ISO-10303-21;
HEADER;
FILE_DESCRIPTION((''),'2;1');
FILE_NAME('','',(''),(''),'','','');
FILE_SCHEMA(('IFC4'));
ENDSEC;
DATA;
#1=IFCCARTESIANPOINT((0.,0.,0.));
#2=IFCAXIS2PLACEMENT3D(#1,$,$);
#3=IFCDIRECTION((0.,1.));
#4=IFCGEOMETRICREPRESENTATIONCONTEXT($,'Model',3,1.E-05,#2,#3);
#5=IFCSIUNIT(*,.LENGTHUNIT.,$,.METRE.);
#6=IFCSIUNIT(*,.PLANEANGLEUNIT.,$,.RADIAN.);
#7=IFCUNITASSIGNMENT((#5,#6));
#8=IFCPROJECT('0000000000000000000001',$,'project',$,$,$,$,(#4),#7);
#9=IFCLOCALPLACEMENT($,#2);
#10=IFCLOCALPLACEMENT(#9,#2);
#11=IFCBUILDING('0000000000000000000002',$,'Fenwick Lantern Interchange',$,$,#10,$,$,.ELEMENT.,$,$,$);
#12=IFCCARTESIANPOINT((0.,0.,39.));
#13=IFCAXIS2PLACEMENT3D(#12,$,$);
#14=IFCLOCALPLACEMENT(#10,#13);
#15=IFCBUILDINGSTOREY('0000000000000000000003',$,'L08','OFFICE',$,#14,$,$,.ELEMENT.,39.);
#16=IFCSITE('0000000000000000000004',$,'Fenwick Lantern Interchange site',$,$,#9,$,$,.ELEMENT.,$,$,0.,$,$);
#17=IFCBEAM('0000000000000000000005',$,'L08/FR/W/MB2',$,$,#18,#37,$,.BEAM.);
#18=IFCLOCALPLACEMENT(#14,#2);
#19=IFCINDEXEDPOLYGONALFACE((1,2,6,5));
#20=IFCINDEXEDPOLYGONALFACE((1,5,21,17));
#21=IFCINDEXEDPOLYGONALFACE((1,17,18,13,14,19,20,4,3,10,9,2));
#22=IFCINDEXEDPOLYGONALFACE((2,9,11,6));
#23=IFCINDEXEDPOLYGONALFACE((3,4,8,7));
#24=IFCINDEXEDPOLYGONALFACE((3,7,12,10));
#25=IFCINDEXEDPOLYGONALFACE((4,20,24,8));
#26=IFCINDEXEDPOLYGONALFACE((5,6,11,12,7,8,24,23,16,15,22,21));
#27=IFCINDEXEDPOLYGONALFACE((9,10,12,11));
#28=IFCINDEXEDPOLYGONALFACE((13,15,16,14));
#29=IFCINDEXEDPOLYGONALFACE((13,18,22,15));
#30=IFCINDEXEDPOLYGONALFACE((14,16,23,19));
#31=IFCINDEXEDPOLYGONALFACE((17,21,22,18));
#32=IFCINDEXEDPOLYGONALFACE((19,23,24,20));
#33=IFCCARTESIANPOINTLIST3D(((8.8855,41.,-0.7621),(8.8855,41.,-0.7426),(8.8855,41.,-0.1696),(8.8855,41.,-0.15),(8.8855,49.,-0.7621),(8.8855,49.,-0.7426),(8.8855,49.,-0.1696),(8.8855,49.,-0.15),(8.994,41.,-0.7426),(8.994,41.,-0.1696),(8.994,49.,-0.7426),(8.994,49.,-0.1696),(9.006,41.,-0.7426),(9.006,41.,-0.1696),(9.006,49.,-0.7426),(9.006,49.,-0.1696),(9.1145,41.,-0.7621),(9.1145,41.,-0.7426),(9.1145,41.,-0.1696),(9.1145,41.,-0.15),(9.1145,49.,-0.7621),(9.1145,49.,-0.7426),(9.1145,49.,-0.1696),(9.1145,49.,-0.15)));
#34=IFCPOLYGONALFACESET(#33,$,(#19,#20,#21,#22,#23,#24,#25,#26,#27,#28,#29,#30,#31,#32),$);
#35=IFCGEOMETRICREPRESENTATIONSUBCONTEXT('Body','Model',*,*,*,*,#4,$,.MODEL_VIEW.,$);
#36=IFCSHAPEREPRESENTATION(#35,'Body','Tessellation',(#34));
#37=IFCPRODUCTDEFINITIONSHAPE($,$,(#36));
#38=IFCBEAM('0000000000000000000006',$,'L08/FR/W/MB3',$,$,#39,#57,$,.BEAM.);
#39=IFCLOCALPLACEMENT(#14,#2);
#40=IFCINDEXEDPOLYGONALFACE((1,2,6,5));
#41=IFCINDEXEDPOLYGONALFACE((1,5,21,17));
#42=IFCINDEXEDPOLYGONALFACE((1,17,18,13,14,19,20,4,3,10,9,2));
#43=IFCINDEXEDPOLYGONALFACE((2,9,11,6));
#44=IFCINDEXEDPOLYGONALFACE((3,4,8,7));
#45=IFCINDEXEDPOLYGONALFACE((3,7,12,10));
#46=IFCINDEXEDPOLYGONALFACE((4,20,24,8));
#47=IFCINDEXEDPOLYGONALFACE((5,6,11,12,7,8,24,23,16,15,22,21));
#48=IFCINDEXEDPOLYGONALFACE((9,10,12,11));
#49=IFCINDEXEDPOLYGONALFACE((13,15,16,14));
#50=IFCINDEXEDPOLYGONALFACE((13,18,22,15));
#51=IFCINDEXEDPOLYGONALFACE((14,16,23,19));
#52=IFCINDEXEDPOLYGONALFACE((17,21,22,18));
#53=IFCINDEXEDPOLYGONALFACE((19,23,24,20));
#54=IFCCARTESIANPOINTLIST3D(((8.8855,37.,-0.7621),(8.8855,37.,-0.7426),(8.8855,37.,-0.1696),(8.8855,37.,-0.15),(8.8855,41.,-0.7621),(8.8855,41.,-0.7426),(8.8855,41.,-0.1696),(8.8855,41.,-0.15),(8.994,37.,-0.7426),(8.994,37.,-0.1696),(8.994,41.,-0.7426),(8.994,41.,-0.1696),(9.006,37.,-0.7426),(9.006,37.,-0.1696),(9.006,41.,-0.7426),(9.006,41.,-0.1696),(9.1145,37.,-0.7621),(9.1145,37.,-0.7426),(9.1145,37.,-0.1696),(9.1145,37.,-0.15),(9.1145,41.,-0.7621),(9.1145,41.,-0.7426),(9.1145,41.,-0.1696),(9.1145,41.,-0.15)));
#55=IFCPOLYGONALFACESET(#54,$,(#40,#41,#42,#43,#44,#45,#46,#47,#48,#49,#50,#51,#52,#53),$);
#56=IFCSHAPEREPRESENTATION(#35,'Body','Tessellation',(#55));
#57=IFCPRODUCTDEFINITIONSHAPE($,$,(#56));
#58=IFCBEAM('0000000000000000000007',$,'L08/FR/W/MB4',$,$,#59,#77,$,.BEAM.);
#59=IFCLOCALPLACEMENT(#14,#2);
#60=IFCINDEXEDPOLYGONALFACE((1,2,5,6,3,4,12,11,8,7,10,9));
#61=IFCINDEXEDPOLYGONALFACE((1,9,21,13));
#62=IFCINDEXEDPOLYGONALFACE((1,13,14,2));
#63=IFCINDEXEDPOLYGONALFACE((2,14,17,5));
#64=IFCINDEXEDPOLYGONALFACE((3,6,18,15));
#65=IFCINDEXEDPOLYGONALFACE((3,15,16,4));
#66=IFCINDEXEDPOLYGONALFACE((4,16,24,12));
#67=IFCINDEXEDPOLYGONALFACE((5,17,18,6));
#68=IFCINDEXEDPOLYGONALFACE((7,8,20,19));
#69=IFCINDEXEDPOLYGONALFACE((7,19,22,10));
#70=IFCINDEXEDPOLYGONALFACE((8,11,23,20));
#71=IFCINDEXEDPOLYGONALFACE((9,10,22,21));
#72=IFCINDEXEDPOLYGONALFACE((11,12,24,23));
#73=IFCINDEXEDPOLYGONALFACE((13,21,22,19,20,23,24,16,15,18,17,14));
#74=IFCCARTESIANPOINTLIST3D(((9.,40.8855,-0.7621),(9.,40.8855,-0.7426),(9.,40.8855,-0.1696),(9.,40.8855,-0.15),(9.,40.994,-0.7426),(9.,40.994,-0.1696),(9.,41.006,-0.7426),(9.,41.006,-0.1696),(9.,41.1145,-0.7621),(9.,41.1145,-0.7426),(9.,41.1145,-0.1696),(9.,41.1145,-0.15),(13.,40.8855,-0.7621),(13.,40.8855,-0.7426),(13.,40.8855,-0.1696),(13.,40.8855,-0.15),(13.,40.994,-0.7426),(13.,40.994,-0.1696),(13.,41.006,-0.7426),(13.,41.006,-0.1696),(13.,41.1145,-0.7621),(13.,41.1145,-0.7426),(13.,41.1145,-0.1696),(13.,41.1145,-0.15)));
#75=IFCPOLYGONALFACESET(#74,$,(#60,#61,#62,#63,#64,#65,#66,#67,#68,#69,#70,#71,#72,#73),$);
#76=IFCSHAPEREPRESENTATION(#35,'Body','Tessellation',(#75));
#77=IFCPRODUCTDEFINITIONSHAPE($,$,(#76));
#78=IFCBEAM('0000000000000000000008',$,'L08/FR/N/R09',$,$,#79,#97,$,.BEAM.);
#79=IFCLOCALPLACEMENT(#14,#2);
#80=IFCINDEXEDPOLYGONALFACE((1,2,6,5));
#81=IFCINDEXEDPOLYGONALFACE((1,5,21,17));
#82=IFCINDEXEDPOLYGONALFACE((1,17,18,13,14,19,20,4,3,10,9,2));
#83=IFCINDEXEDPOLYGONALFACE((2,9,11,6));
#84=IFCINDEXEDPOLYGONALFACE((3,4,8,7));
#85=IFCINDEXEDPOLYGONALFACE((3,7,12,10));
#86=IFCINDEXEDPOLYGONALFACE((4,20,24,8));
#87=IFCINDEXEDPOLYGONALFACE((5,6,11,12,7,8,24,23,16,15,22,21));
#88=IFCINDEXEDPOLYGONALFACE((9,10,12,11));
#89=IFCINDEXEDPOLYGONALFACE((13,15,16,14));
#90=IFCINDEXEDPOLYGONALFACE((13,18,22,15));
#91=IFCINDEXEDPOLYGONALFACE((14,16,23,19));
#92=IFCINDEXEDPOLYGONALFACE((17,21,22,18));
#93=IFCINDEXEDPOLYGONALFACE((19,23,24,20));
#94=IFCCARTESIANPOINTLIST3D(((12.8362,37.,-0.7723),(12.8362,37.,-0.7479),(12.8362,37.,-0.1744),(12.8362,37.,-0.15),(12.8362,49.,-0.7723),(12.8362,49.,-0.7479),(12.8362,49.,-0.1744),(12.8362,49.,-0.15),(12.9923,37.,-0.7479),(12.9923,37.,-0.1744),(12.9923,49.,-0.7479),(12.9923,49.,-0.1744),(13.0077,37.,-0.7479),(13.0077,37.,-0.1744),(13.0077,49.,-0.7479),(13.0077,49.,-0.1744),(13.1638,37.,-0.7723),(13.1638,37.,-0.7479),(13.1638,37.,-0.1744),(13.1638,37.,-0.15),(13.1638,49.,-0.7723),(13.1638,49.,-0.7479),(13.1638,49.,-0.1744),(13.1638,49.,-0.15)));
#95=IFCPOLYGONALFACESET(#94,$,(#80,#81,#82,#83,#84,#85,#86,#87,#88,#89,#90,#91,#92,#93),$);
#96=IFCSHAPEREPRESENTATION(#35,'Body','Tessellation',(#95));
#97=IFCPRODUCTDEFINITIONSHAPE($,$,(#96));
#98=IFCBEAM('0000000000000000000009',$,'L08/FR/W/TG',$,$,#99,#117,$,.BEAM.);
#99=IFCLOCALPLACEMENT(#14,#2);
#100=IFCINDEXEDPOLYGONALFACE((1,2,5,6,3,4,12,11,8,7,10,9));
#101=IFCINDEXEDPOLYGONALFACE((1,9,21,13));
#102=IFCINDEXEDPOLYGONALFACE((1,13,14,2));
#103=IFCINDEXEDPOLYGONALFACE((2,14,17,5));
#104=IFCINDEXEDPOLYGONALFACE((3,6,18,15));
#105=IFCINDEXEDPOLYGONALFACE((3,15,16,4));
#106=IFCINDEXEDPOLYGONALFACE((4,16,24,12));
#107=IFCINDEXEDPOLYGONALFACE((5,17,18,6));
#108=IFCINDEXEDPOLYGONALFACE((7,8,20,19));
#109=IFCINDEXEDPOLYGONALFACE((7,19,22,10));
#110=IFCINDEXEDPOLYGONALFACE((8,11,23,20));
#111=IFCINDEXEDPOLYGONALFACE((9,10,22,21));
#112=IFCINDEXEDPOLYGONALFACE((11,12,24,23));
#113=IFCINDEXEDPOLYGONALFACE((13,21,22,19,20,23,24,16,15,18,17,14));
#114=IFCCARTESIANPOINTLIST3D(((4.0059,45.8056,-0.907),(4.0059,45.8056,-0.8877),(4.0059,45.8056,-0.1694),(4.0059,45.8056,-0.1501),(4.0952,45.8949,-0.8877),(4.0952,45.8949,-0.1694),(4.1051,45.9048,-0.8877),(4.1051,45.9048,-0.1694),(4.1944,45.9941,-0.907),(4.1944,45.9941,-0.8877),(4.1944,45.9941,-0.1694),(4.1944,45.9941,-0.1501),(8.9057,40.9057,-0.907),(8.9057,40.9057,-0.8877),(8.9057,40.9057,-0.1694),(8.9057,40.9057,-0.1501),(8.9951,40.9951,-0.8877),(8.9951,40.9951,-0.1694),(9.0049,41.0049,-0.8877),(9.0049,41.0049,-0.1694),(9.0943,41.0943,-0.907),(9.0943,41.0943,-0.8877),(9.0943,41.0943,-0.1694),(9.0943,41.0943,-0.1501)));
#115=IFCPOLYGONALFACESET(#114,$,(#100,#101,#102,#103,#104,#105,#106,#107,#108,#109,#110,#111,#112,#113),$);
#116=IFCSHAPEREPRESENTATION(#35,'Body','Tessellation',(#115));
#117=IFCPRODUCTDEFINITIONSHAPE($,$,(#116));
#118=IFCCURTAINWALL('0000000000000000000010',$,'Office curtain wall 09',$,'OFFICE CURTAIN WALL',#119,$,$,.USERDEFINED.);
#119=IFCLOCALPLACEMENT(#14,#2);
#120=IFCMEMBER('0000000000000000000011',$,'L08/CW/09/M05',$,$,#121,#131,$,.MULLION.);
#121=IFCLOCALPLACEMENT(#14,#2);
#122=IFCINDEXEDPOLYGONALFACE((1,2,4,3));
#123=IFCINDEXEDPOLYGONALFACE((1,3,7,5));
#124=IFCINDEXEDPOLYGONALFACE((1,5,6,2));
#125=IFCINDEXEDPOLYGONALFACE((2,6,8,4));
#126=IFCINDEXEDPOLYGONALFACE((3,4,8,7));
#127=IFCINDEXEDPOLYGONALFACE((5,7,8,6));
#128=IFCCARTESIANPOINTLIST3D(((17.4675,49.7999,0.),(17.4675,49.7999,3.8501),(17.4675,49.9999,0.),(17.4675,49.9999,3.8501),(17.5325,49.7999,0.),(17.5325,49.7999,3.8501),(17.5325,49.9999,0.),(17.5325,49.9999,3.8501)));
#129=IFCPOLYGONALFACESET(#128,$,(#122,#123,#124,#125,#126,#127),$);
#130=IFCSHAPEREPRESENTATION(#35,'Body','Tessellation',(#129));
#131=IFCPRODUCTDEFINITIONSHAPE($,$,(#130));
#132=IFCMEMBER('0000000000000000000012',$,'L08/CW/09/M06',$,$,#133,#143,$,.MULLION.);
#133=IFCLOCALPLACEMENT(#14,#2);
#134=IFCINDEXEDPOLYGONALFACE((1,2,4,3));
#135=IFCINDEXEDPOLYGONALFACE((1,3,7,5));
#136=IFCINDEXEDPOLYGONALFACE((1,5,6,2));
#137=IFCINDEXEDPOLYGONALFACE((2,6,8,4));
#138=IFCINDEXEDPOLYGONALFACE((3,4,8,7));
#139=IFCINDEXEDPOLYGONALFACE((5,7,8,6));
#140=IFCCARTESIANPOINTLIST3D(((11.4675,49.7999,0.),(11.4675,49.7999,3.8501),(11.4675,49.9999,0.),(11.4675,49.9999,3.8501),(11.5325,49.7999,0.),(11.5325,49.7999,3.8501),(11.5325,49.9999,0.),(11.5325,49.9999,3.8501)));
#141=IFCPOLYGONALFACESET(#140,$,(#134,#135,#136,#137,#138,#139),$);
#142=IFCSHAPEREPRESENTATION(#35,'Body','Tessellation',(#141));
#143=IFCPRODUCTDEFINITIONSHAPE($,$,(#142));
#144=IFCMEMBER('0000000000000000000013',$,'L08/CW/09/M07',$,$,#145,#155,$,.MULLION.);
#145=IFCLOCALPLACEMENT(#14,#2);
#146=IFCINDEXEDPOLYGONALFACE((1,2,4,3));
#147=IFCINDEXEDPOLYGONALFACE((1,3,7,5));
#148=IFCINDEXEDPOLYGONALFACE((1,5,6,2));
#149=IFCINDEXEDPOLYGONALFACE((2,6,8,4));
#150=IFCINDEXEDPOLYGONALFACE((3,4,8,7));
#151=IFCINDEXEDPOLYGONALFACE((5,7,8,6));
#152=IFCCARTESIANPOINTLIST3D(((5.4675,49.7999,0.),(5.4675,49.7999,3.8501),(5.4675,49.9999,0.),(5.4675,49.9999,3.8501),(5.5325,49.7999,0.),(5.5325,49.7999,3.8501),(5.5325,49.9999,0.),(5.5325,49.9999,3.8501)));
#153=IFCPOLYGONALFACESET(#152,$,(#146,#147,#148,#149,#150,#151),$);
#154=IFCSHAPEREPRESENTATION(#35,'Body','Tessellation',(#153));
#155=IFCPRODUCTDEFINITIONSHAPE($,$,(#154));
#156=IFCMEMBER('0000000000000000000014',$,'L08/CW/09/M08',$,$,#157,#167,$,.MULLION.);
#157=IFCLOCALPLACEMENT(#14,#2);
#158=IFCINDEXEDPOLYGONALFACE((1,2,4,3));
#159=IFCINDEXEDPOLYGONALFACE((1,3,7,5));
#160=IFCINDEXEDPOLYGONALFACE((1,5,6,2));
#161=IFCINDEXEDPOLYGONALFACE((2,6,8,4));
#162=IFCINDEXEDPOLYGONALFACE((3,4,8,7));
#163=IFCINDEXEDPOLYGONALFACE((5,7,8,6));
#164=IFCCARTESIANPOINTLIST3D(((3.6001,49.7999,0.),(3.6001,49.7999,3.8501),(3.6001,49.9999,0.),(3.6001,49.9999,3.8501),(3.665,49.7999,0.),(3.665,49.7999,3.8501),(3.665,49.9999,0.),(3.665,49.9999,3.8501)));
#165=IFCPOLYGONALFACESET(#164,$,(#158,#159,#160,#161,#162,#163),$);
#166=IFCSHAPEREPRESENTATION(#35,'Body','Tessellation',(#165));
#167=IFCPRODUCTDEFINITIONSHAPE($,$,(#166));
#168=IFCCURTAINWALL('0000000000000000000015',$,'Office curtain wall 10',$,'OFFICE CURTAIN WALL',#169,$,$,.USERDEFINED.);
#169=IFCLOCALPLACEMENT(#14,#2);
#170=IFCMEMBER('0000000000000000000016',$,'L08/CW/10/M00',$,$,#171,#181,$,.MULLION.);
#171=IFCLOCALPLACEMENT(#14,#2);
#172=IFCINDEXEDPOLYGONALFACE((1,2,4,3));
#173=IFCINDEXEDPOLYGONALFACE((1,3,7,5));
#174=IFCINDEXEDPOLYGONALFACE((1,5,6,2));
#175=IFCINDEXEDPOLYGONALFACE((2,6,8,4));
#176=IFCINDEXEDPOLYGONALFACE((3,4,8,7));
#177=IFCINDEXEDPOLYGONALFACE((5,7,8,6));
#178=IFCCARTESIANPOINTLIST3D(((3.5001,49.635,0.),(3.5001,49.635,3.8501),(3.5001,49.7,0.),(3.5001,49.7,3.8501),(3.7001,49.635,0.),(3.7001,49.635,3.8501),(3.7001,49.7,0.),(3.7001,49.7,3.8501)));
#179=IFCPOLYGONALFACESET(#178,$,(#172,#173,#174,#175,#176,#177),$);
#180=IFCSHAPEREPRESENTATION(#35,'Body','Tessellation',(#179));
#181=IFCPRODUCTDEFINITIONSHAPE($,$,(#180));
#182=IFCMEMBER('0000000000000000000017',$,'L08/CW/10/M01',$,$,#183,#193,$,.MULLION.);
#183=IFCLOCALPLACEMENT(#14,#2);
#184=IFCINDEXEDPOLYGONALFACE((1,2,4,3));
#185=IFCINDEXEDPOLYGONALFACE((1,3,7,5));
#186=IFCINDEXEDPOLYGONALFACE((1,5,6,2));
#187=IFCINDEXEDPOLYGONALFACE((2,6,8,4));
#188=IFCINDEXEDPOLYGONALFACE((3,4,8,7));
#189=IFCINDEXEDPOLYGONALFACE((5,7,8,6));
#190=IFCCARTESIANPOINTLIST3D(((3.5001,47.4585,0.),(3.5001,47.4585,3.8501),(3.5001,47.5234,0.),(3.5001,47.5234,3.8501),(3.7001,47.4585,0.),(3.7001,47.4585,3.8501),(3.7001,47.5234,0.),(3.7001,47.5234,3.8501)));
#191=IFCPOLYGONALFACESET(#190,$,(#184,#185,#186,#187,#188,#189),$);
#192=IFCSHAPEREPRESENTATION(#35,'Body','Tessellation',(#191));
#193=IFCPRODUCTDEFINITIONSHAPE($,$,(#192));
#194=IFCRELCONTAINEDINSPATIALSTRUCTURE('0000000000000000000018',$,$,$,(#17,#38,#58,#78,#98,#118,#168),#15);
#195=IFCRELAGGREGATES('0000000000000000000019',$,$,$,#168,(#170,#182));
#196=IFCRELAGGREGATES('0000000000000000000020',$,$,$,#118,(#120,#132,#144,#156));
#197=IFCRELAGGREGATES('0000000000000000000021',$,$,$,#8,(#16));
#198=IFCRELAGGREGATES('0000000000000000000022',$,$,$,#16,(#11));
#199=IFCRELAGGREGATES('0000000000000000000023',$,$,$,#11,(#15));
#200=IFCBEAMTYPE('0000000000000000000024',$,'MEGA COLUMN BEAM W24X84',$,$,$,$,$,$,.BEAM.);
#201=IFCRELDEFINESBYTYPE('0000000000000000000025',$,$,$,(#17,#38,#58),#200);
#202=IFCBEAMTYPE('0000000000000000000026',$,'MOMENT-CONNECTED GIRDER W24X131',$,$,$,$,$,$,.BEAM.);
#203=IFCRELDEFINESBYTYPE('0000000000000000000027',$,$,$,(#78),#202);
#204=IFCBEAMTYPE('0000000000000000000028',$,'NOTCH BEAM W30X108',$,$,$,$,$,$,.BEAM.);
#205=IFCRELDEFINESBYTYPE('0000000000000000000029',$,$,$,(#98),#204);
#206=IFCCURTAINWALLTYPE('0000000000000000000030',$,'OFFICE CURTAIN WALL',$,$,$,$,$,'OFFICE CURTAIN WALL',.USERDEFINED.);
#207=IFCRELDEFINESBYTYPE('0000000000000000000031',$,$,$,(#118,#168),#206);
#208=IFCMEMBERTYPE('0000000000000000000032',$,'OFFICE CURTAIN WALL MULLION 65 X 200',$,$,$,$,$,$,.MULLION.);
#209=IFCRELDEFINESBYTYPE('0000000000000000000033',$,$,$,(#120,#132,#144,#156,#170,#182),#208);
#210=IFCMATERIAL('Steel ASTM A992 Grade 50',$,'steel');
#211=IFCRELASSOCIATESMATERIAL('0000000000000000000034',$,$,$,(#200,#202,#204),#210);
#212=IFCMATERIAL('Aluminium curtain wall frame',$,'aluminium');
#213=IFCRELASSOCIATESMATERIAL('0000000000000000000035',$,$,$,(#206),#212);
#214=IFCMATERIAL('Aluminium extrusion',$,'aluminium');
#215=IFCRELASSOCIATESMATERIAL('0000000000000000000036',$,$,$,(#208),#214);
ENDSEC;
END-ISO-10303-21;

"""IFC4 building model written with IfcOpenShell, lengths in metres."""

from ifc_helpers import new_model, si_unit, direction, frame, origin, origin_2d, place, context, subcontext, project, spatial, rectangle, i_section, extrude, material, material_profile, profile_set, type_object, element, aggregate, save


model = new_model("IFC4")

# Units and contexts
model_context = context("Model", 3, precision=1e-05, world=origin(), true_north=direction((0.0, 1.0)))
body_context = subcontext(model_context, "Body", "Model", "MODEL_VIEW")
ifc_project = project(units=[si_unit("LENGTHUNIT", "METRE"), si_unit("PLANEANGLEUNIT", "RADIAN")], contexts=[model_context])

# Site, building, storey
site_placement = place(None, origin())
site = spatial("IfcSite", under=ifc_project, at=site_placement, Name="Fenwick Lantern Interchange site", CompositionType="ELEMENT", RefElevation=0.0)
building_placement = place(site_placement, origin())
building = spatial("IfcBuilding", under=site, at=building_placement, Name="Fenwick Lantern Interchange", CompositionType="ELEMENT")
storey_placement = place(building_placement, frame((0.0, 0.0, 39.0)))
storey = spatial("IfcBuildingStorey", under=building, at=storey_placement, Name="L08", Description="OFFICE", CompositionType="ELEMENT", Elevation=39.0)

# Beams
ifc_material_1 = material(Name="Steel ASTM A992 Grade 50", Category="steel")
ifc_material_profile_1 = material_profile(ifc_material_1, i_section(OverallWidth=0.229, OverallDepth=0.6121, WebThickness=0.012, FlangeThickness=0.0195, at=origin_2d()), Name="W24X84")
ifc_profile_set_1 = profile_set([ifc_material_profile_1], Name="Steel ASTM A992 Grade 50")
beam_type_1 = type_object("IfcBeamType", Name="MEGA COLUMN BEAM W24X84", PredefinedType="BEAM", material=ifc_profile_set_1)
for number, where, z_axis, x_axis, name in (
    (1, (9.0, 41.0, -0.4561), (0.0, 1.0, 0.0), (-1.0, 0.0, 0.0), "L08/FR/W/MB2"),
):
    element("IfcBeam", number, at=place(storey_placement, frame(where, z_axis=z_axis, x_axis=x_axis)), inside=storey, type_object=beam_type_1, Name=name, PredefinedType="BEAM", context=body_context, shape_type="SweptSolid", body=[
        extrude(i_section(OverallWidth=0.229, OverallDepth=0.6121, WebThickness=0.012, FlangeThickness=0.0195, at=origin_2d()), origin(), (0.0, 0.0, 1.0), 8.0),
    ])
for number, where, z_axis, x_axis, name in (
    (2, (9.0, 41.0, -0.4561), (0.0, -1.0, 0.0), (1.0, 0.0, 0.0), "L08/FR/W/MB3"),
    (3, (9.0, 41.0, -0.4561), (1.0, 0.0, 0.0), (0.0, 1.0, 0.0), "L08/FR/W/MB4"),
):
    element("IfcBeam", number, at=place(storey_placement, frame(where, z_axis=z_axis, x_axis=x_axis)), inside=storey, type_object=beam_type_1, Name=name, PredefinedType="BEAM", context=body_context, shape_type="SweptSolid", body=[
        extrude(i_section(OverallWidth=0.229, OverallDepth=0.6121, WebThickness=0.012, FlangeThickness=0.0195, at=origin_2d()), origin(), (0.0, 0.0, 1.0), 4.0),
    ])
ifc_material_profile_2 = material_profile(ifc_material_1, i_section(OverallWidth=0.3276, OverallDepth=0.6223, WebThickness=0.0154, FlangeThickness=0.0244, at=origin_2d()), Name="W24X131")
ifc_profile_set_2 = profile_set([ifc_material_profile_2], Name="Steel ASTM A992 Grade 50")
beam_type_2 = type_object("IfcBeamType", Name="MOMENT-CONNECTED GIRDER W24X131", PredefinedType="BEAM", material=ifc_profile_set_2)
beam_1_placement = place(storey_placement, frame((13.0, 49.0, -0.4612), z_axis=(0.0, -1.0, 0.0), x_axis=(1.0, 0.0, 0.0)))
element("IfcBeam", 4, at=beam_1_placement, inside=storey, type_object=beam_type_2, Name="L08/FR/N/R09", PredefinedType="BEAM", context=body_context, shape_type="SweptSolid", body=[
    extrude(i_section(OverallWidth=0.3276, OverallDepth=0.6223, WebThickness=0.0154, FlangeThickness=0.0244, at=origin_2d()), origin(), (0.0, 0.0, 1.0), 12.0),
])
ifc_material_profile_3 = material_profile(ifc_material_1, i_section(OverallWidth=0.2666, OverallDepth=0.7568, WebThickness=0.0139, FlangeThickness=0.0193, at=origin_2d()), Name="W30X108")
ifc_profile_set_3 = profile_set([ifc_material_profile_3], Name="Steel ASTM A992 Grade 50")
beam_type_3 = type_object("IfcBeamType", Name="NOTCH BEAM W30X108", PredefinedType="BEAM", material=ifc_profile_set_3)
beam_2_placement = place(storey_placement, frame((9.0, 41.0, -0.5286), z_axis=(-0.707107, 0.707107, 0.0), x_axis=(-0.707107, -0.707107, 0.0)))
element("IfcBeam", 5, at=beam_2_placement, inside=storey, type_object=beam_type_3, Name="L08/FR/W/TG", PredefinedType="BEAM", context=body_context, shape_type="SweptSolid", body=[
    extrude(i_section(OverallWidth=0.2666, OverallDepth=0.7568, WebThickness=0.0139, FlangeThickness=0.0193, at=origin_2d()), origin(), (0.0, 0.0, 1.0), 6.9294),
])

# Curtain walls, members
ifc_material_2 = material(Name="Aluminium curtain wall frame", Category="aluminium")
curtain_wall_type = type_object("IfcCurtainWallType", Name="OFFICE CURTAIN WALL", ElementType="OFFICE CURTAIN WALL", PredefinedType="USERDEFINED", material=ifc_material_2)
curtain_wall_1_placement = place(storey_placement, origin())
curtain_wall_1 = element("IfcCurtainWall", 6, at=curtain_wall_1_placement, inside=storey, type_object=curtain_wall_type, Name="Office curtain wall 09", ObjectType="OFFICE CURTAIN WALL", PredefinedType="USERDEFINED")
ifc_material_3 = material(Name="Aluminium extrusion", Category="aluminium")
ifc_material_profile_4 = material_profile(ifc_material_3, rectangle(XDim=0.2, YDim=0.0649, at=origin_2d()), Name="OFFICE CURTAIN WALL MULLION 65 X 200")
ifc_profile_set_4 = profile_set([ifc_material_profile_4], Name="Aluminium extrusion")
member_type_1 = type_object("IfcMemberType", Name="OFFICE CURTAIN WALL MULLION 65 X 200", PredefinedType="MULLION", material=ifc_profile_set_4)
member_1_placement = place(storey_placement, frame((17.5, 49.8999, 0.0), z_axis=(0.0, 0.0, 1.0), x_axis=(0.0, -1.0, 0.0)))
member_1 = element("IfcMember", 7, at=member_1_placement, type_object=member_type_1, Name="L08/CW/09/M05", PredefinedType="MULLION", context=body_context, shape_type="SweptSolid", body=[
    extrude(rectangle(XDim=0.2, YDim=0.0649, at=origin_2d()), origin(), (0.0, 0.0, 1.0), 3.8501),
])
member_2_placement = place(storey_placement, frame((11.5, 49.8999, 0.0), z_axis=(0.0, 0.0, 1.0), x_axis=(0.0, -1.0, 0.0)))
member_2 = element("IfcMember", 8, at=member_2_placement, type_object=member_type_1, Name="L08/CW/09/M06", PredefinedType="MULLION", context=body_context, shape_type="SweptSolid", body=[
    extrude(rectangle(XDim=0.2, YDim=0.0649, at=origin_2d()), origin(), (0.0, 0.0, 1.0), 3.8501),
])
member_3_placement = place(storey_placement, frame((5.5, 49.8999, 0.0), z_axis=(0.0, 0.0, 1.0), x_axis=(0.0, -1.0, 0.0)))
member_3 = element("IfcMember", 9, at=member_3_placement, type_object=member_type_1, Name="L08/CW/09/M07", PredefinedType="MULLION", context=body_context, shape_type="SweptSolid", body=[
    extrude(rectangle(XDim=0.2, YDim=0.0649, at=origin_2d()), origin(), (0.0, 0.0, 1.0), 3.8501),
])
member_4_placement = place(storey_placement, frame((3.6326, 49.8999, 0.0), z_axis=(0.0, 0.0, 1.0), x_axis=(0.0, -1.0, 0.0)))
member_4 = element("IfcMember", 10, at=member_4_placement, type_object=member_type_1, Name="L08/CW/09/M08", PredefinedType="MULLION", context=body_context, shape_type="SweptSolid", body=[
    extrude(rectangle(XDim=0.2, YDim=0.0649, at=origin_2d()), origin(), (0.0, 0.0, 1.0), 3.8501),
])
curtain_wall_2_placement = place(storey_placement, origin())
curtain_wall_2 = element("IfcCurtainWall", 11, at=curtain_wall_2_placement, inside=storey, type_object=curtain_wall_type, Name="Office curtain wall 10", ObjectType="OFFICE CURTAIN WALL", PredefinedType="USERDEFINED")
member_5_placement = place(storey_placement, frame((3.6001, 49.6675, 0.0), z_axis=(0.0, 0.0, 1.0), x_axis=(1.0, 0.0, 0.0)))
member_5 = element("IfcMember", 12, at=member_5_placement, type_object=member_type_1, Name="L08/CW/10/M00", PredefinedType="MULLION", context=body_context, shape_type="SweptSolid", body=[
    extrude(rectangle(XDim=0.2, YDim=0.0649, at=origin_2d()), origin(), (0.0, 0.0, 1.0), 3.8501),
])
member_6_placement = place(storey_placement, frame((3.6001, 47.491, 0.0), z_axis=(0.0, 0.0, 1.0), x_axis=(1.0, 0.0, 0.0)))
member_6 = element("IfcMember", 13, at=member_6_placement, type_object=member_type_1, Name="L08/CW/10/M01", PredefinedType="MULLION", context=body_context, shape_type="SweptSolid", body=[
    extrude(rectangle(XDim=0.2, YDim=0.0649, at=origin_2d()), origin(), (0.0, 0.0, 1.0), 3.8501),
])

aggregate(curtain_wall_2, [member_5, member_6])

aggregate(curtain_wall_1, [member_1, member_2, member_3, member_4])

save(model, "model.ifc")
